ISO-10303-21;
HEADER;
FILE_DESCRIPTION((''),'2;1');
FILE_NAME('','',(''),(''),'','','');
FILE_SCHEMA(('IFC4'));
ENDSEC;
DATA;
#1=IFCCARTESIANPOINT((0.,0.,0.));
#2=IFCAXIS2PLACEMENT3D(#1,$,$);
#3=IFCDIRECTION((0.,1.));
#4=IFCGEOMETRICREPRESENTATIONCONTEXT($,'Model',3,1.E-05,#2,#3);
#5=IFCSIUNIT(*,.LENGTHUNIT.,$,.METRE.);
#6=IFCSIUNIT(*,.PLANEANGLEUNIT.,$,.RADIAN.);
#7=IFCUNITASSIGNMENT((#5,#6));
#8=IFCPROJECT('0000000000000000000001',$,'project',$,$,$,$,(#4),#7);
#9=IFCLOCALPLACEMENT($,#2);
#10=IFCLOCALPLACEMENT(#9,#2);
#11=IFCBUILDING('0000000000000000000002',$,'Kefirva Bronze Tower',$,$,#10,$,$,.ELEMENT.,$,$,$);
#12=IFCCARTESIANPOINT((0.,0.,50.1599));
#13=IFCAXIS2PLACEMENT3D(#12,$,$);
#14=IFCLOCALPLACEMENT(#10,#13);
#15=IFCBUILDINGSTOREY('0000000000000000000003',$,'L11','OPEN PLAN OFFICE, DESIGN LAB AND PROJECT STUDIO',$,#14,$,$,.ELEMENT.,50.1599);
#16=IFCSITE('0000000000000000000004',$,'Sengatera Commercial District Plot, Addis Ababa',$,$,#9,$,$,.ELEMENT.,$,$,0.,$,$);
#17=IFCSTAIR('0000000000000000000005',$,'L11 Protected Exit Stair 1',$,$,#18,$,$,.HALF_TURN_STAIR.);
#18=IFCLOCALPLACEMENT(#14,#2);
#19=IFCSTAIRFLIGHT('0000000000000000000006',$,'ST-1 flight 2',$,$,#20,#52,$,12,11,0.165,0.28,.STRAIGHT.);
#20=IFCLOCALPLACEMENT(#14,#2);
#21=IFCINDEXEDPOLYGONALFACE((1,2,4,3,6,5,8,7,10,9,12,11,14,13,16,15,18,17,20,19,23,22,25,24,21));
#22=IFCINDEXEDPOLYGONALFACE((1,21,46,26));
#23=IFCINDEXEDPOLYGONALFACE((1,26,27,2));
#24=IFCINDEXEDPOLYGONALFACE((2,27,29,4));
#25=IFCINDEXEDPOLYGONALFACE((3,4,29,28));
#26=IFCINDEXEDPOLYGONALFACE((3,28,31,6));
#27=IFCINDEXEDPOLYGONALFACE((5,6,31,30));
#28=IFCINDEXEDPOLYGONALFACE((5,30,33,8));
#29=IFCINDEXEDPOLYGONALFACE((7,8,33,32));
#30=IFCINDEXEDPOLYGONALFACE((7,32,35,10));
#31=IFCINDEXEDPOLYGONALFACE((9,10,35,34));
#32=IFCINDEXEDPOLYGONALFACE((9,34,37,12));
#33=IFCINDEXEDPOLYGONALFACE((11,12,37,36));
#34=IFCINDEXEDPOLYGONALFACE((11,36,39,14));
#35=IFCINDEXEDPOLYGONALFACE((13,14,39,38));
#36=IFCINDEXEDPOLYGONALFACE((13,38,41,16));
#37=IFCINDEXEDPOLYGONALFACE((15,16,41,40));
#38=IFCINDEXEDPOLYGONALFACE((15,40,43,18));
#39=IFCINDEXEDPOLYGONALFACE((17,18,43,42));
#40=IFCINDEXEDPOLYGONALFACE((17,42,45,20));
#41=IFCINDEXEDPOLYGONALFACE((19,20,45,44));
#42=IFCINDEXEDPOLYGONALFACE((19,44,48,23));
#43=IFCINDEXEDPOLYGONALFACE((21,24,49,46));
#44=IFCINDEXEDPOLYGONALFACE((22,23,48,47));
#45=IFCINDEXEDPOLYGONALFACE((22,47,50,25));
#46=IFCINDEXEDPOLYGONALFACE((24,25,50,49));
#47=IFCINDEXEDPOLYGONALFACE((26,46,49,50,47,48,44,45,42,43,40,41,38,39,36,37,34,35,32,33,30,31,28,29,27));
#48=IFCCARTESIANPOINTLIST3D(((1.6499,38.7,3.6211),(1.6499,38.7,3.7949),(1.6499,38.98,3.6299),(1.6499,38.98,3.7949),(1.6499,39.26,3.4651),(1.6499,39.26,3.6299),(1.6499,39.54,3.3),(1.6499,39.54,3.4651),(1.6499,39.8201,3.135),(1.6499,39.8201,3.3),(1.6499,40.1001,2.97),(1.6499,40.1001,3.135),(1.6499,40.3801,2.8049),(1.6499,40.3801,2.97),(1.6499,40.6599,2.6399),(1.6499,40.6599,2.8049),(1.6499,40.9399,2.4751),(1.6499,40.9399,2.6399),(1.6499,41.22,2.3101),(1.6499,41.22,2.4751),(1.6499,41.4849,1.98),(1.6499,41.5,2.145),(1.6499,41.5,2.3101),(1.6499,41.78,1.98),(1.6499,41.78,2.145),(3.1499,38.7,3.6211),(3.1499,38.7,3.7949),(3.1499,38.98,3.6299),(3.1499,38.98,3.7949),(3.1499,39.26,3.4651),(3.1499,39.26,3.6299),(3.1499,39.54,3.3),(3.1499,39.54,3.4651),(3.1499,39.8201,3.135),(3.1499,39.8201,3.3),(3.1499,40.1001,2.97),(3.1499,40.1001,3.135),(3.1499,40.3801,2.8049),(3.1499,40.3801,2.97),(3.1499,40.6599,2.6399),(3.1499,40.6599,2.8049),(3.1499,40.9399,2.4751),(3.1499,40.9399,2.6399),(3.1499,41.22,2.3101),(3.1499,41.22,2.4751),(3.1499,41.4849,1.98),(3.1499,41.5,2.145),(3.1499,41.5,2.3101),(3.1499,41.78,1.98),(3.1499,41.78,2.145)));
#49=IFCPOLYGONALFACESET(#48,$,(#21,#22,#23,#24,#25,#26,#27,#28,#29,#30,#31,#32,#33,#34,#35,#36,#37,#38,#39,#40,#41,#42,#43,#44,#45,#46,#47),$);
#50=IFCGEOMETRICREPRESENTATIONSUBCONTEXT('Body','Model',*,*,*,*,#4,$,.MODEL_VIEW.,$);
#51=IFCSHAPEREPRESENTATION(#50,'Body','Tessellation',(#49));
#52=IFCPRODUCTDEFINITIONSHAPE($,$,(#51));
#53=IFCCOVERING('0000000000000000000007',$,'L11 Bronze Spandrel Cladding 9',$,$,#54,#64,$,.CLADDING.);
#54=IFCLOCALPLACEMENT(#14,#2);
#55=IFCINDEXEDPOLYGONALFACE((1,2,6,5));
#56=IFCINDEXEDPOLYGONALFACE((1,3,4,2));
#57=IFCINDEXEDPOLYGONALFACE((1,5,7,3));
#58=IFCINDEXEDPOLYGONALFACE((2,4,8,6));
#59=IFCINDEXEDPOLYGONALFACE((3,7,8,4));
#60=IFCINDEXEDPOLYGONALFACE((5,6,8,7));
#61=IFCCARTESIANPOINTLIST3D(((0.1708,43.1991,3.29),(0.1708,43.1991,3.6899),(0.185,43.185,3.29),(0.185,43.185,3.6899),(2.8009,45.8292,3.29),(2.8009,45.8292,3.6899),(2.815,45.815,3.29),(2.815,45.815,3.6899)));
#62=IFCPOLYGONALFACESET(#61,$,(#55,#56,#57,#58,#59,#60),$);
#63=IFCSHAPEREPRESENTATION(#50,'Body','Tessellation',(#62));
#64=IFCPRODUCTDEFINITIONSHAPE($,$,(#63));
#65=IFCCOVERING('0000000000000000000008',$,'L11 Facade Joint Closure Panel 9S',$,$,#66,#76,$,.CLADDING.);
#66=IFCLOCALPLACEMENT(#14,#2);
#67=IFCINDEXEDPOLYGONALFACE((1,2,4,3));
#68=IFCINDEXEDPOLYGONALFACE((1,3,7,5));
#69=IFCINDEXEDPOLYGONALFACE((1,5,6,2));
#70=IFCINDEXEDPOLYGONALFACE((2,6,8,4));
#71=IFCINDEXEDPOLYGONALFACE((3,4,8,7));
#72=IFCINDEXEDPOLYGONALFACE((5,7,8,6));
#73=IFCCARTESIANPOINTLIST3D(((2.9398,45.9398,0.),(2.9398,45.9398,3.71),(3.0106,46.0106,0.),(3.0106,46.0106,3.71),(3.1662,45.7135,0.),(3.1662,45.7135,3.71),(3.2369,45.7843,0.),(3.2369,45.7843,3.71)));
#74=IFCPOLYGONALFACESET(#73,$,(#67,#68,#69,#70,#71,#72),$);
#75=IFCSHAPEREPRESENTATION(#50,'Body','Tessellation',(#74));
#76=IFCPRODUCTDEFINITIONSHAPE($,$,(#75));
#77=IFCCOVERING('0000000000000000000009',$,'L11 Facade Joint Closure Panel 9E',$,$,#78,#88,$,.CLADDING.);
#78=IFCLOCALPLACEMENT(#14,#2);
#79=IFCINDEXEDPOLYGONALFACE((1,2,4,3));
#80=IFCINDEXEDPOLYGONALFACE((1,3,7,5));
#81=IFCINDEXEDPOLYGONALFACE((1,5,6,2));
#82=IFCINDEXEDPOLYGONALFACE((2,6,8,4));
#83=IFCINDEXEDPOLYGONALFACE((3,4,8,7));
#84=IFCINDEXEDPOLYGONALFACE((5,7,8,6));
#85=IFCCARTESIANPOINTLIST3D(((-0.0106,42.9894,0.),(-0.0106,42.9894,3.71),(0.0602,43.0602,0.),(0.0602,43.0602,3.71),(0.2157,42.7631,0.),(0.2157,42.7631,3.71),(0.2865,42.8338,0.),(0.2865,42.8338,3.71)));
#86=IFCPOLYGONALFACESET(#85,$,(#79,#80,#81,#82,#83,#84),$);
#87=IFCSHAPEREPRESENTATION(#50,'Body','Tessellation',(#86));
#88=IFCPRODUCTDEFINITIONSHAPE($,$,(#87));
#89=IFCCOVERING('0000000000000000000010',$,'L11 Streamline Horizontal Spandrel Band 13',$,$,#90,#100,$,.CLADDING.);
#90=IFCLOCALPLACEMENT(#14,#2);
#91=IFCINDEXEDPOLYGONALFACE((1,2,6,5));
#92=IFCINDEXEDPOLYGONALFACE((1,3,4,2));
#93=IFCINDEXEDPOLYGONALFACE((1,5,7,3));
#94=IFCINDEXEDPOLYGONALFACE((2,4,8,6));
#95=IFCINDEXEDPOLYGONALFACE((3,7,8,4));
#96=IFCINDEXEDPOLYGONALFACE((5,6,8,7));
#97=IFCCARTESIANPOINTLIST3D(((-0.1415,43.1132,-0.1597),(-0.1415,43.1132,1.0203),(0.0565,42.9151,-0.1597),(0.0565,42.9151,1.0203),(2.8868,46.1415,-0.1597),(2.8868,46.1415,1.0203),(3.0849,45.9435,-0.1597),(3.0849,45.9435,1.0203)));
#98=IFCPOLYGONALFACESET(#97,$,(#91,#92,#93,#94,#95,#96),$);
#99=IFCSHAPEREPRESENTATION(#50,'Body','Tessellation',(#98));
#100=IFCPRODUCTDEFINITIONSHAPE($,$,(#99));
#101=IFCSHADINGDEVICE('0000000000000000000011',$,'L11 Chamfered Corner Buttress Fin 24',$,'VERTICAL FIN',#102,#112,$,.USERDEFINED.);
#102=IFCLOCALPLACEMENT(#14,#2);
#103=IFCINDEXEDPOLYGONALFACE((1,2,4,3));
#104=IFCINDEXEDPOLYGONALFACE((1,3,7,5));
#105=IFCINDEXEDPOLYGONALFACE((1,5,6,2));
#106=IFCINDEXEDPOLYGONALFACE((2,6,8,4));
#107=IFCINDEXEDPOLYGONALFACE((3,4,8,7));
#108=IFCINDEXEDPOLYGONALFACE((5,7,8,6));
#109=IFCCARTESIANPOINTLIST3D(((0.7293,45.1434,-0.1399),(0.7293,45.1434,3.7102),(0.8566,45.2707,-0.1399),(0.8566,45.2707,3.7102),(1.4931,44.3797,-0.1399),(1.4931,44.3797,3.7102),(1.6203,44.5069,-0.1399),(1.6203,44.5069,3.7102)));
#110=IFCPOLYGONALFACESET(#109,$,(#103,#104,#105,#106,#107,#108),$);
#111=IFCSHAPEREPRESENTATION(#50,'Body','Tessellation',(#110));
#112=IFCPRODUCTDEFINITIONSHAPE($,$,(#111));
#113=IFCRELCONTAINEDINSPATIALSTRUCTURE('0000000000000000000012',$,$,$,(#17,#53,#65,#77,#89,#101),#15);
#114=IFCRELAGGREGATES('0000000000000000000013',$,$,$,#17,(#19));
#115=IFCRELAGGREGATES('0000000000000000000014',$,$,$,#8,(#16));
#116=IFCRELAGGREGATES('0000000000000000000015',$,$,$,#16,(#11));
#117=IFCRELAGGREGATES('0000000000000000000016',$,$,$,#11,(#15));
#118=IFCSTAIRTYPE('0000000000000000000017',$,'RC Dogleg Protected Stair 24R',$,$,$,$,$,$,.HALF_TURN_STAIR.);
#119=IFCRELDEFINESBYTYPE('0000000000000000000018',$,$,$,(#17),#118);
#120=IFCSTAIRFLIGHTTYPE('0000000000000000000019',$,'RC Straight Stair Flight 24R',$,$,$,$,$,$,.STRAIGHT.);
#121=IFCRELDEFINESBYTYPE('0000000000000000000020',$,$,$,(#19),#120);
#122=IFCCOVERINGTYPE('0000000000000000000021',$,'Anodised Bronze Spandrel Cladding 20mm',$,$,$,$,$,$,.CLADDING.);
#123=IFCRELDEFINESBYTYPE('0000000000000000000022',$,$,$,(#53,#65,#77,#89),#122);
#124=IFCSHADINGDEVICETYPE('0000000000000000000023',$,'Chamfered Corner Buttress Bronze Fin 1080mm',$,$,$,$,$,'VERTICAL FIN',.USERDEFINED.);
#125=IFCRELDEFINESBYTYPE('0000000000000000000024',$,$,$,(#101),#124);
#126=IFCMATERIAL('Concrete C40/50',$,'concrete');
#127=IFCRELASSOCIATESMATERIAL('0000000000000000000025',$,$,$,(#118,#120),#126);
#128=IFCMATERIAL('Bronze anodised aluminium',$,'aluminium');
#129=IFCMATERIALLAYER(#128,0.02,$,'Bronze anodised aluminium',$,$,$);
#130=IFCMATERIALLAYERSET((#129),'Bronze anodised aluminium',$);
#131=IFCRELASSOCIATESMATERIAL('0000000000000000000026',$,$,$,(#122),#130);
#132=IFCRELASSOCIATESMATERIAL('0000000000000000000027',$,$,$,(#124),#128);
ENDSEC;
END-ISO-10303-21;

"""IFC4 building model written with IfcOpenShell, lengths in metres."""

from ifc_helpers import new_model, si_unit, direction, frame, origin, origin_2d, place, context, subcontext, project, spatial, polyline, rectangle, outline, extrude, material, layer, layer_set, material_profile, profile_set, type_object, element, aggregate, save


model = new_model("IFC4")

# Units and contexts
model_context = context("Model", 3, precision=1e-05, world=origin(), true_north=direction((0.0, 1.0)))
body_context = subcontext(model_context, "Body", "Model", "MODEL_VIEW")
ifc_project = project(units=[si_unit("LENGTHUNIT", "METRE"), si_unit("PLANEANGLEUNIT", "RADIAN")], contexts=[model_context])

# Site, building, storey
site_placement = place(None, origin())
site = spatial("IfcSite", under=ifc_project, at=site_placement, Name="Sengatera Commercial District Plot, Addis Ababa", CompositionType="ELEMENT", RefElevation=0.0)
building_placement = place(site_placement, origin())
building = spatial("IfcBuilding", under=site, at=building_placement, Name="Kefirva Bronze Tower", CompositionType="ELEMENT")
storey_placement = place(building_placement, frame((0.0, 0.0, 50.1599)))
storey = spatial("IfcBuildingStorey", under=building, at=storey_placement, Name="L11", Description="OPEN PLAN OFFICE, DESIGN LAB AND PROJECT STUDIO", CompositionType="ELEMENT", Elevation=50.1599)

# Shared definitions
ifc_material_1 = material(Name="Bronze anodised aluminium", Category="aluminium")

# Stair, stair flight
ifc_material_2 = material(Name="Concrete C40/50", Category="concrete")
stair_type = type_object("IfcStairType", Name="RC Dogleg Protected Stair 24R", PredefinedType="HALF_TURN_STAIR", material=ifc_material_2)
stair_placement = place(storey_placement, origin())
stair = element("IfcStair", 1, at=stair_placement, inside=storey, type_object=stair_type, Name="L11 Protected Exit Stair 1", PredefinedType="HALF_TURN_STAIR")
stair_flight_type = type_object("IfcStairFlightType", Name="RC Straight Stair Flight 24R", PredefinedType="STRAIGHT", material=ifc_material_2)
stair_flight_1_placement = place(storey_placement, frame((2.3999, 41.78, 1.98), z_axis=(0.0, 0.0, 1.0), x_axis=(0.0, -1.0, 0.0)))
stair_flight_1 = element("IfcStairFlight", 2, at=stair_flight_1_placement, type_object=stair_flight_type, Name="ST-1 flight 2", NumberOfRisers=12, NumberOfTreads=11, PredefinedType="STRAIGHT", RiserHeight=0.165, TreadLength=0.28, context=body_context, shape_type="SweptSolid", body=[
    extrude(outline(polyline([(0.0, 0.0), (0.0, 0.165), (0.28, 0.165), (0.28, 0.3301), (0.5601, 0.3301), (0.5601, 0.4951), (0.8401, 0.4951), (0.8401, 0.6599), (1.1201, 0.6599), (1.1201, 0.825), (1.3999, 0.825), (1.3999, 0.99), (1.6799, 0.99), (1.6799, 1.155), (1.96, 1.155), (1.96, 1.3201), (2.24, 1.3201), (2.24, 1.4851), (2.52, 1.4851), (2.52, 1.6499), (2.8, 1.6499), (2.8, 1.8149), (3.0801, 1.8149), (3.0801, 1.98), (3.0801, 1.6411), (0.2952, 0.0), (0.0, 0.0)])), frame((0.0, 0.75, 0.0), z_axis=(0.0, -1.0, 0.0), x_axis=(1.0, 0.0, 0.0)), (0.0, 0.0, 1.0), 1.5),
])
aggregate(stair, [stair_flight_1])

# Coverings
ifc_layer_1 = layer(ifc_material_1, 0.02, Name="Bronze anodised aluminium")
ifc_layer_set_1 = layer_set([ifc_layer_1], Name="Bronze anodised aluminium")
covering_type_1 = type_object("IfcCoveringType", Name="Anodised Bronze Spandrel Cladding 20mm", PredefinedType="CLADDING", material=ifc_layer_set_1)
covering_1_placement = place(storey_placement, frame((1.4929, 44.5071, 3.29), z_axis=(0.0, 0.0, 1.0), x_axis=(-0.707107, -0.707107, 0.0)))
element("IfcCovering", 3, at=covering_1_placement, inside=storey, type_object=covering_type_1, Name="L11 Bronze Spandrel Cladding 9", PredefinedType="CLADDING", context=body_context, shape_type="SweptSolid", body=[
    extrude(rectangle(XDim=3.7195, YDim=0.02, at=origin_2d()), origin(), (0.0, 0.0, 1.0), 0.3999),
])
for number, where, z_axis, x_axis, name in (
    (4, (3.0884, 45.8621, 0.0), (0.0, 0.0, 1.0), (-0.707107, -0.707107, 0.0), "L11 Facade Joint Closure Panel 9S"),
    (5, (0.1379, 42.9116, 0.0), (0.0, 0.0, 1.0), (-0.707107, -0.707107, 0.0), "L11 Facade Joint Closure Panel 9E"),
):
    element("IfcCovering", number, at=place(storey_placement, frame(where, z_axis=z_axis, x_axis=x_axis)), inside=storey, type_object=covering_type_1, Name=name, PredefinedType="CLADDING", context=body_context, shape_type="SweptSolid", body=[
        extrude(rectangle(XDim=0.1001, YDim=0.3201, at=origin_2d()), origin(), (0.0, 0.0, 1.0), 3.71),
    ])
covering_2_placement = place(storey_placement, frame((1.4717, 44.5283, -0.1597), z_axis=(0.0, 0.0, 1.0), x_axis=(-0.707107, -0.707107, 0.0)))
element("IfcCovering", 6, at=covering_2_placement, inside=storey, type_object=covering_type_1, Name="L11 Streamline Horizontal Spandrel Band 13", PredefinedType="CLADDING", context=body_context, shape_type="SweptSolid", body=[
    extrude(rectangle(XDim=4.2827, YDim=0.28, at=origin_2d()), origin(), (0.0, 0.0, 1.0), 1.1799),
])

# Shading device
ifc_material_profile_1 = material_profile(ifc_material_1, rectangle(XDim=0.1799, YDim=1.0801, at=origin_2d()), Name="BRONZE BUTTRESS FIN 180x1080")
ifc_profile_set_1 = profile_set([ifc_material_profile_1], Name="Bronze anodised aluminium")
shading_device_type = type_object("IfcShadingDeviceType", Name="Chamfered Corner Buttress Bronze Fin 1080mm", ElementType="VERTICAL FIN", PredefinedType="USERDEFINED", material=ifc_profile_set_1)
shading_device_placement = place(storey_placement, frame((1.1748, 44.8252, -0.1399), z_axis=(0.0, 0.0, 1.0), x_axis=(-0.707107, -0.707107, 0.0)))
element("IfcShadingDevice", 7, at=shading_device_placement, inside=storey, type_object=shading_device_type, Name="L11 Chamfered Corner Buttress Fin 24", ObjectType="VERTICAL FIN", PredefinedType="USERDEFINED", context=body_context, shape_type="SweptSolid", body=[
    extrude(rectangle(XDim=0.1799, YDim=1.0801, at=origin_2d()), origin(), (0.0, 0.0, 1.0), 3.8501),
])

save(model, "model.ifc")
